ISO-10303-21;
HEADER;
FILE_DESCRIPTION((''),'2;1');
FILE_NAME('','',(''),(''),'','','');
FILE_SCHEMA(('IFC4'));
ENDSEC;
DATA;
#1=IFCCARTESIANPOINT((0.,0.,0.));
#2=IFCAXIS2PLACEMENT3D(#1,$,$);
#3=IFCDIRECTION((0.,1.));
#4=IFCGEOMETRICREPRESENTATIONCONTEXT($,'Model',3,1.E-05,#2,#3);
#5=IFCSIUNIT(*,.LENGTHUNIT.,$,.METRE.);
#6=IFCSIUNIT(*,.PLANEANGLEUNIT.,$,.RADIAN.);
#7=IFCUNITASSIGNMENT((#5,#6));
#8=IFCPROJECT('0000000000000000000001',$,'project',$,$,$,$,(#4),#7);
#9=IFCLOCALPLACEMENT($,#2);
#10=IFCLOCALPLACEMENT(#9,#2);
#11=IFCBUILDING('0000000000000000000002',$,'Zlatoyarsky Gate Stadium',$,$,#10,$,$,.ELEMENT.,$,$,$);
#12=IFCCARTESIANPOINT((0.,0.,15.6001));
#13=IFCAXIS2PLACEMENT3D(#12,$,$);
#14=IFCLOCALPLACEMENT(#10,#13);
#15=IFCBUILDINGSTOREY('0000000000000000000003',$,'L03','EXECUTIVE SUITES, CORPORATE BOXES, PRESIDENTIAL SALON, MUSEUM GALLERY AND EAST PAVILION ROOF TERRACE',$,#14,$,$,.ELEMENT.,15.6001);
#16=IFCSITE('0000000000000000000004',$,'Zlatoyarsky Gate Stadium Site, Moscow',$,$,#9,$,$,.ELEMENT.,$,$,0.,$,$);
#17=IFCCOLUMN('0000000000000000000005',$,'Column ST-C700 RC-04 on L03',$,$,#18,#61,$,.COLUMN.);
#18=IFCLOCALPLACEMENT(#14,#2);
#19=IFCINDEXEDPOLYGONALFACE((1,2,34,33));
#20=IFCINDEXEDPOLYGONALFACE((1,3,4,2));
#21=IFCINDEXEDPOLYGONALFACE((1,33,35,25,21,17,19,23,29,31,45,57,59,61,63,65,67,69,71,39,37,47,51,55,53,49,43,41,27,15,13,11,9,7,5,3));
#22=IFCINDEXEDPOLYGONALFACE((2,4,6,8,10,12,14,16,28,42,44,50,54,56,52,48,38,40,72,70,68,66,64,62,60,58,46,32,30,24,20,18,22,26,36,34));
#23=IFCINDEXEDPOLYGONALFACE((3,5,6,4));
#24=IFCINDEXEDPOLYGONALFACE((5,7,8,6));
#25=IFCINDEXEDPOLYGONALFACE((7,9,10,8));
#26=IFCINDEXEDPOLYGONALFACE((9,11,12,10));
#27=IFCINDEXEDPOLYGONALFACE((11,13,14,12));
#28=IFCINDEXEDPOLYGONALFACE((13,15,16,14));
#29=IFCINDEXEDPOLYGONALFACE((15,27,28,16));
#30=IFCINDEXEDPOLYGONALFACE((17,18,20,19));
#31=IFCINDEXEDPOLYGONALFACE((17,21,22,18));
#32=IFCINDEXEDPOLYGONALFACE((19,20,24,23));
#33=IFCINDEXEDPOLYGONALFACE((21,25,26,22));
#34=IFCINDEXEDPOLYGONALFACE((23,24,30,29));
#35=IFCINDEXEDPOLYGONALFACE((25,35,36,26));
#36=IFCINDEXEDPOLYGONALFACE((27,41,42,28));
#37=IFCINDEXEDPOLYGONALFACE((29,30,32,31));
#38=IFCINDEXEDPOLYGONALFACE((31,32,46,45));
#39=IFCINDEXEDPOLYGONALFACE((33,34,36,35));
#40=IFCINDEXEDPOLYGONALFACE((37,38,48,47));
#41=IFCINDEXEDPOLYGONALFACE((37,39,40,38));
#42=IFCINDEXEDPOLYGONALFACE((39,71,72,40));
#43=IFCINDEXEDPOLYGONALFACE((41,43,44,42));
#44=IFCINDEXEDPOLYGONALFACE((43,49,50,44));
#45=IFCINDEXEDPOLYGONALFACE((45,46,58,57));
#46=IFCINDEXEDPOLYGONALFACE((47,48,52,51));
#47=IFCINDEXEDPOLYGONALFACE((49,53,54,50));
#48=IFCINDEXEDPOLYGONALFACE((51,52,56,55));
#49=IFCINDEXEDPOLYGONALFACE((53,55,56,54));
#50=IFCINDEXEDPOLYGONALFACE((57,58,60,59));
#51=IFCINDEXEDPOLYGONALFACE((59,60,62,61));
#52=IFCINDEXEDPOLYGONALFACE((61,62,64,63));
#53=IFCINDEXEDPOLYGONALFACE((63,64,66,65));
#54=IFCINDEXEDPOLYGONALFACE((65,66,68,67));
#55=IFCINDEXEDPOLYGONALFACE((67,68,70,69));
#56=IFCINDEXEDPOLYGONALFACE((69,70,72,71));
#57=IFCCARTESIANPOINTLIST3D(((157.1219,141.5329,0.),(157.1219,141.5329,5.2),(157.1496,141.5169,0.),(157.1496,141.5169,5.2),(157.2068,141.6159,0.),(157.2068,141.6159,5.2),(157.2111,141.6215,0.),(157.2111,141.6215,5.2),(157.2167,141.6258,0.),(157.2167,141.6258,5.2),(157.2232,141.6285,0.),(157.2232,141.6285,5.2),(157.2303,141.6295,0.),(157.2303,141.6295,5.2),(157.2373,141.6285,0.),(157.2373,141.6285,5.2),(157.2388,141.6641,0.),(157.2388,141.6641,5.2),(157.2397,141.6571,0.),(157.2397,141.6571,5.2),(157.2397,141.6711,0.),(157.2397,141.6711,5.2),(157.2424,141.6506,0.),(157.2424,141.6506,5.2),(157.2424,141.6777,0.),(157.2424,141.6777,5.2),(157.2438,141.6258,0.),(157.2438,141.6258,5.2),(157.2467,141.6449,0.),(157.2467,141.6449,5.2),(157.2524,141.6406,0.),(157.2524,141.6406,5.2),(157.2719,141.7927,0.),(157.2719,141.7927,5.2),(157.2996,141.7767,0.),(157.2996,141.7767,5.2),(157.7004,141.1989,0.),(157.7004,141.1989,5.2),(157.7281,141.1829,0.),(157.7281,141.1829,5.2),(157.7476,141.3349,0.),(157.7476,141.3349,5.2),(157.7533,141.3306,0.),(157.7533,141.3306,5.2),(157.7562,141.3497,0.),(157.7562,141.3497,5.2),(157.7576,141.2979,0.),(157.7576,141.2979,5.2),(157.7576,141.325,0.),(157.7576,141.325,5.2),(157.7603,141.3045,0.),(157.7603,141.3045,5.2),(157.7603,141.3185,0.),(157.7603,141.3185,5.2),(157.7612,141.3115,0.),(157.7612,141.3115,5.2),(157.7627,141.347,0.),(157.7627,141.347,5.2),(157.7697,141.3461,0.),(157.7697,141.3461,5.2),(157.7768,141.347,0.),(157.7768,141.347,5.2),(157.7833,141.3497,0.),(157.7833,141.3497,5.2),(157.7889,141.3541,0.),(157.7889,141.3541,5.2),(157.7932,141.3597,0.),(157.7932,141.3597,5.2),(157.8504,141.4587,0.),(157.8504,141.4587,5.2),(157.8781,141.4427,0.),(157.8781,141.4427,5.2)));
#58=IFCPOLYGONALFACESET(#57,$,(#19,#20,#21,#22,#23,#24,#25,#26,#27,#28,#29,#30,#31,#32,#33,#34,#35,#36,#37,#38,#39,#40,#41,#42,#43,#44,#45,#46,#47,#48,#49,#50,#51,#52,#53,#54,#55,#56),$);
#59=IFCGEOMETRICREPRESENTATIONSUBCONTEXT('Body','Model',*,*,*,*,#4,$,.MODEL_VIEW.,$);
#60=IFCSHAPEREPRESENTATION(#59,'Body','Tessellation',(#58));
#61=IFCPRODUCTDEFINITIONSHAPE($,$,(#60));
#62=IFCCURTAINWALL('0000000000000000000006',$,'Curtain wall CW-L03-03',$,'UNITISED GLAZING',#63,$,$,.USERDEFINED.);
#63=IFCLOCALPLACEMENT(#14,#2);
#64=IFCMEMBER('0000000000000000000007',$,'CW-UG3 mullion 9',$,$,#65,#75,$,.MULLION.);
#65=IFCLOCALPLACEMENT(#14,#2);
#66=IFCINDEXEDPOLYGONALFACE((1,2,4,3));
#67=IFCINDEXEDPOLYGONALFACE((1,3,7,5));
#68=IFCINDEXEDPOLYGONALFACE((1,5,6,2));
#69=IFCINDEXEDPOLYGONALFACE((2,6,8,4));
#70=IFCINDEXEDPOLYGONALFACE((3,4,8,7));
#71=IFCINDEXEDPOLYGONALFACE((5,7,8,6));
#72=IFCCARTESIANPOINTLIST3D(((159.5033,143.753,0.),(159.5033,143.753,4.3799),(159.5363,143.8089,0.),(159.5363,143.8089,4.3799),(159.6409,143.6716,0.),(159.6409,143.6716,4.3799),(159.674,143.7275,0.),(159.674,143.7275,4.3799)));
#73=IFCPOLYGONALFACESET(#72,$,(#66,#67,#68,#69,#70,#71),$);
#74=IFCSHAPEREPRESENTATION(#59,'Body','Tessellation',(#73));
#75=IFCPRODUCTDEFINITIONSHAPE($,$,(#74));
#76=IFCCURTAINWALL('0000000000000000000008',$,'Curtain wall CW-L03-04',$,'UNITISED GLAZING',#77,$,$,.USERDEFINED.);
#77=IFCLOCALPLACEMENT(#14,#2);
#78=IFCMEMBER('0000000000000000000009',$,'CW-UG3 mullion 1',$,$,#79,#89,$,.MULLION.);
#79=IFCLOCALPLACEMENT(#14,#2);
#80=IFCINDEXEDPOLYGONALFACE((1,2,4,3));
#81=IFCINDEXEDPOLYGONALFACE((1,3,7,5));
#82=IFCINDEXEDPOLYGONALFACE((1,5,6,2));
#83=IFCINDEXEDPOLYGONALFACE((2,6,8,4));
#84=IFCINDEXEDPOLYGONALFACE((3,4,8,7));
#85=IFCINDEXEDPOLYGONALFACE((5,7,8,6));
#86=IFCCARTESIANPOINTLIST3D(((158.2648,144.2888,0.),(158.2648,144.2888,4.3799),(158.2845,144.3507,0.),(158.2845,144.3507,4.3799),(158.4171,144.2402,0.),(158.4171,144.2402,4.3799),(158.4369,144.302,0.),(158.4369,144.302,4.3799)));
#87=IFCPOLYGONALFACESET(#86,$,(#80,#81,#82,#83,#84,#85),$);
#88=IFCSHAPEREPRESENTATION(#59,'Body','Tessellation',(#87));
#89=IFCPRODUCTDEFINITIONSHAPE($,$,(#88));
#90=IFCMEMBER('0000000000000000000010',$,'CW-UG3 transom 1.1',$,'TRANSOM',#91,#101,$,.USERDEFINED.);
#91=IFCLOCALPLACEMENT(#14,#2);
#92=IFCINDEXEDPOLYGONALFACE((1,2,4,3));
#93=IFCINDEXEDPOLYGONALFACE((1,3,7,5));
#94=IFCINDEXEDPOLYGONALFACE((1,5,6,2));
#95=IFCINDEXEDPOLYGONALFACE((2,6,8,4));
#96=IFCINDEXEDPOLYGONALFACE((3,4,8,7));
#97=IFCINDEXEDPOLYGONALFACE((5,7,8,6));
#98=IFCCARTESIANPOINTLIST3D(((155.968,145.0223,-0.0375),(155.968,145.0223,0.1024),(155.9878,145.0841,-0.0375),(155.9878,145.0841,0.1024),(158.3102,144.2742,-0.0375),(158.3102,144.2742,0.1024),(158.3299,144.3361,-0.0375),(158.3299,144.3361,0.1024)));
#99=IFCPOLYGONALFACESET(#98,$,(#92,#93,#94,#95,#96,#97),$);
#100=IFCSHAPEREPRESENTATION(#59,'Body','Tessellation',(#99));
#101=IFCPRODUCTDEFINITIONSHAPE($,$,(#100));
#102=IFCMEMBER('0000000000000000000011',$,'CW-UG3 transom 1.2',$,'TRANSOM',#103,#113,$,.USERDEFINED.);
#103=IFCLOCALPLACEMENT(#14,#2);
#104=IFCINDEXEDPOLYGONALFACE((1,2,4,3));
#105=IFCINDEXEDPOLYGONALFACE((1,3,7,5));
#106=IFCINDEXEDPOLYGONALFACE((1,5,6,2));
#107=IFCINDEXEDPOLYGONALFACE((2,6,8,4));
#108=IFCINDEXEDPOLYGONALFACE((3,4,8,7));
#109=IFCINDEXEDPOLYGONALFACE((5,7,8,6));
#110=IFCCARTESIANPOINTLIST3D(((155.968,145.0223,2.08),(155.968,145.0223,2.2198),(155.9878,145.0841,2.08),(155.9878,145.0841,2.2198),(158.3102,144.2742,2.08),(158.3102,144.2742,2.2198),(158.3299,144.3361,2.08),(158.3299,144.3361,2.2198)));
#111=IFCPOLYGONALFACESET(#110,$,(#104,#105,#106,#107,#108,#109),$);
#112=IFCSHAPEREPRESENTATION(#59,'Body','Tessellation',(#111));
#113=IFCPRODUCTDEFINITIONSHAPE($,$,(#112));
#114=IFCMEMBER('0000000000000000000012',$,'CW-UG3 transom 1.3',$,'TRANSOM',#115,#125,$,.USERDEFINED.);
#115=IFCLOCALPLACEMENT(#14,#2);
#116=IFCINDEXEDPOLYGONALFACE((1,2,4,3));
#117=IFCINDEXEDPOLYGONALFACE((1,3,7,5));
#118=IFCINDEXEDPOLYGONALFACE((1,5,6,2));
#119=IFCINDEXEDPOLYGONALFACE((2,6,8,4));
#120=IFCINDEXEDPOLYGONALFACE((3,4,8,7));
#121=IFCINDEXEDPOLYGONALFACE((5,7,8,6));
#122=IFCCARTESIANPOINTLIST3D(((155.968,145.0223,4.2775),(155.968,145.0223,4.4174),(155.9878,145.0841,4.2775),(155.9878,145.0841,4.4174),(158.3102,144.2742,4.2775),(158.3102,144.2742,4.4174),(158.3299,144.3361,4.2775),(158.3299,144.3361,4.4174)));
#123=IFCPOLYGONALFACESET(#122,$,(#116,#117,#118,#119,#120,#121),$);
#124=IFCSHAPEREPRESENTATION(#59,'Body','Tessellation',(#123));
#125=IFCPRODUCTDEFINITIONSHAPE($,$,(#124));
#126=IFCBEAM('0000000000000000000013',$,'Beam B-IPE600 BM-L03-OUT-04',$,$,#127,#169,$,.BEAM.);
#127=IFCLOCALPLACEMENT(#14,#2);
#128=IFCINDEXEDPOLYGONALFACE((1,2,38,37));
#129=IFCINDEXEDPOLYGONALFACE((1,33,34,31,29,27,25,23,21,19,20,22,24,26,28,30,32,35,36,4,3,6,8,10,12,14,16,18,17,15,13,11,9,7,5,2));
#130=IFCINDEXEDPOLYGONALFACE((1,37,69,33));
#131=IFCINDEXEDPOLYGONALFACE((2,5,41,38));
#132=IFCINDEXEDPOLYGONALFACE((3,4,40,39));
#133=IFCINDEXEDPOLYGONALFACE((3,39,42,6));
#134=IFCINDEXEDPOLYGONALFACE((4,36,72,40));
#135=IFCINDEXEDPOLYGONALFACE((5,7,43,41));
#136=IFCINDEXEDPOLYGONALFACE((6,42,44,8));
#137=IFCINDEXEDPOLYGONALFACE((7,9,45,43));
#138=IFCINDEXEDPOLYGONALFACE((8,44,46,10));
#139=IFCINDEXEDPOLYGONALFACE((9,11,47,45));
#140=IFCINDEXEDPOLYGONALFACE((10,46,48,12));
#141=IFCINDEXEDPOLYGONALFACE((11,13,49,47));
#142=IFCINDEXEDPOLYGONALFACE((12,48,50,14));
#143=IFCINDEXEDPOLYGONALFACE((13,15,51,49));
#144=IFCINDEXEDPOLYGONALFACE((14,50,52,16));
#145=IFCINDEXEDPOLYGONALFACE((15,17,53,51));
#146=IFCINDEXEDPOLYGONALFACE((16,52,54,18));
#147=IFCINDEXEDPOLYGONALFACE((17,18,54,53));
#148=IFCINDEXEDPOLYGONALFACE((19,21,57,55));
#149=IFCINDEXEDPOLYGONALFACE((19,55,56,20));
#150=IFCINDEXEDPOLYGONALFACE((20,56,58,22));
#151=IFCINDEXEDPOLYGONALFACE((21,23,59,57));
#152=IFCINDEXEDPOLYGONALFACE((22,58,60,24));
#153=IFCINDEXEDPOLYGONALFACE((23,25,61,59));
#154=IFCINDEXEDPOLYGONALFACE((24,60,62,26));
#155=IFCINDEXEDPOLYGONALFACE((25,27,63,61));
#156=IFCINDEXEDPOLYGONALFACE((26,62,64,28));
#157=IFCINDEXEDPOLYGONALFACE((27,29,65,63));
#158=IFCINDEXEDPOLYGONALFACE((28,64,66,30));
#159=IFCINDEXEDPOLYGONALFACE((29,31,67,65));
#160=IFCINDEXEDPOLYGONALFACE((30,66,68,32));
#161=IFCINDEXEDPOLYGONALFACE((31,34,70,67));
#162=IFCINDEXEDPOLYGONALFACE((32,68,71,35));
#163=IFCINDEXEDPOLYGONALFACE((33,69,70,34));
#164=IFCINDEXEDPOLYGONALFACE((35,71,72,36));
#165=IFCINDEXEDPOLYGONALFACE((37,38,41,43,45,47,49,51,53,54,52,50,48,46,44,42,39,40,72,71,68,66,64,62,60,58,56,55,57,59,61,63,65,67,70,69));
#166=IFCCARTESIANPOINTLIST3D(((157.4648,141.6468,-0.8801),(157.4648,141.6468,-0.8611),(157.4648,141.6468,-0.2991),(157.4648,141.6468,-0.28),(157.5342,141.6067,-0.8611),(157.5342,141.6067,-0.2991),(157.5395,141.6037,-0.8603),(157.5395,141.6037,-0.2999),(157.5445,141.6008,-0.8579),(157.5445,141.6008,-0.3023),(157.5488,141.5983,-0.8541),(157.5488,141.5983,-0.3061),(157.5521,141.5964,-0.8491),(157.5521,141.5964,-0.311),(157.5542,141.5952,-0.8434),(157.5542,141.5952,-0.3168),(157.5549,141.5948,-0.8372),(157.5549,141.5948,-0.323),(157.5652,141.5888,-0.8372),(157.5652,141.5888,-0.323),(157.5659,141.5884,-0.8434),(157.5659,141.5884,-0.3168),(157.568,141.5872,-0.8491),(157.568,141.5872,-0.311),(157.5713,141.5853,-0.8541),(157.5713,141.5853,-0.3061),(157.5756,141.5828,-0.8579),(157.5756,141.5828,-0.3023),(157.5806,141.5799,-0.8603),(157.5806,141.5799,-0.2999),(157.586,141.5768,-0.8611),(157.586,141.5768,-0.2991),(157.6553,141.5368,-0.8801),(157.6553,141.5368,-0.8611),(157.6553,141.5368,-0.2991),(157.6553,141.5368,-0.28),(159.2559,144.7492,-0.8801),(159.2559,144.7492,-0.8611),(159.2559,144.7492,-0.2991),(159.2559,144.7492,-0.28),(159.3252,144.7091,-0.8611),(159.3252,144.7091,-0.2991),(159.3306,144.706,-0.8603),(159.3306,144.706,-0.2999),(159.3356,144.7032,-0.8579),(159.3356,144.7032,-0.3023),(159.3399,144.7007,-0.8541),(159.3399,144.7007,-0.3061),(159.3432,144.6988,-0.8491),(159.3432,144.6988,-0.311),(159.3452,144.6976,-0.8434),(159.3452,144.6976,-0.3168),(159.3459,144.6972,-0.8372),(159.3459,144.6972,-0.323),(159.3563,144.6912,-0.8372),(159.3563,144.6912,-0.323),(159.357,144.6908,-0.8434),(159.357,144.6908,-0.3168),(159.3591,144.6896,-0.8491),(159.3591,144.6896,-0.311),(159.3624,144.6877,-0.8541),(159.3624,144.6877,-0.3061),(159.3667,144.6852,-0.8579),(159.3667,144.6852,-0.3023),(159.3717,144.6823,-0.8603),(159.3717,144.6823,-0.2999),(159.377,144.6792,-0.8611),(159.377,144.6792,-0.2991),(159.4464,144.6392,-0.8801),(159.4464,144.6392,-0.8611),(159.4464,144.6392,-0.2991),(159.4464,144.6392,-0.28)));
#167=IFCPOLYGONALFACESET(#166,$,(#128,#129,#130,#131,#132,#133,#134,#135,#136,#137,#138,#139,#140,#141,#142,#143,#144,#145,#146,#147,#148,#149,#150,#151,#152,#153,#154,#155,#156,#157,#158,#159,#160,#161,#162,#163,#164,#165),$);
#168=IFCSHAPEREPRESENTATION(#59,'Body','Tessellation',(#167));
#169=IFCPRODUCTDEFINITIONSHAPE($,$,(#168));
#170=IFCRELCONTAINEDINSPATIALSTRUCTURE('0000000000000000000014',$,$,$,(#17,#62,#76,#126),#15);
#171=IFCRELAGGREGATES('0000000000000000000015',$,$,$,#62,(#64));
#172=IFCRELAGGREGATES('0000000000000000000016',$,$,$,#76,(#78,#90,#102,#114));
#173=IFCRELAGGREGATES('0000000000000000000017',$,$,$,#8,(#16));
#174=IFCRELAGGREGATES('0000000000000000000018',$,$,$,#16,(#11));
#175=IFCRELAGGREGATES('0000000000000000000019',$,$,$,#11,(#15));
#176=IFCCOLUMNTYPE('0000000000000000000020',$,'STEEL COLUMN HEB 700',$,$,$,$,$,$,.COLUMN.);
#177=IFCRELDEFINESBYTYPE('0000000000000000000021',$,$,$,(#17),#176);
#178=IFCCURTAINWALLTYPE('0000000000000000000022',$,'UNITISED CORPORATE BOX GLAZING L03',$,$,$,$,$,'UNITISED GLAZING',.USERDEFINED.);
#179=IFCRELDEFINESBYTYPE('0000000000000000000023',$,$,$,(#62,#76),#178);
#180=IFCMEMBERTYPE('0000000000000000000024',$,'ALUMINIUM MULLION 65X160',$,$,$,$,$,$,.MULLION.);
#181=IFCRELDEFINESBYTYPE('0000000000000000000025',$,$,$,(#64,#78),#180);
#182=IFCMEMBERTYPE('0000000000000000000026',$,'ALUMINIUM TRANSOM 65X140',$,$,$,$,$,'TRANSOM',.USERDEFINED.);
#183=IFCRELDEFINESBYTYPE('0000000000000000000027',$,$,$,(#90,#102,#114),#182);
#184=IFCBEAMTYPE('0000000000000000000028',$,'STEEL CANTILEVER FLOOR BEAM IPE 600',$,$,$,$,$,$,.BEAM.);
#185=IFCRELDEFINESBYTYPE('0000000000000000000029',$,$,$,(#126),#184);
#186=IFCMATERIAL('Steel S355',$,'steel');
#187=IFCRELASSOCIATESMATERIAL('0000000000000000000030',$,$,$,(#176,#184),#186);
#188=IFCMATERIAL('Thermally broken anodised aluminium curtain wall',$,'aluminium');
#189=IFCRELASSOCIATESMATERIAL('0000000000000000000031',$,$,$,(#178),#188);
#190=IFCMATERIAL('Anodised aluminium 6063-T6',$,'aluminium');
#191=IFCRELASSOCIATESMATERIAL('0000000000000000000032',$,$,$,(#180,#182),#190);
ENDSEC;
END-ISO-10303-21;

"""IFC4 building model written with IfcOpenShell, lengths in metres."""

from ifc_helpers import new_model, si_unit, direction, frame, origin, origin_2d, place, context, subcontext, project, spatial, rectangle, i_section, extrude, material, material_profile, profile_set, type_object, element, aggregate, save


model = new_model("IFC4")

# Units and contexts
model_context = context("Model", 3, precision=1e-05, world=origin(), true_north=direction((0.0, 1.0)))
body_context = subcontext(model_context, "Body", "Model", "MODEL_VIEW")
ifc_project = project(units=[si_unit("LENGTHUNIT", "METRE"), si_unit("PLANEANGLEUNIT", "RADIAN")], contexts=[model_context])

# Site, building, storey
site_placement = place(None, origin())
site = spatial("IfcSite", under=ifc_project, at=site_placement, Name="Zlatoyarsky Gate Stadium Site, Moscow", CompositionType="ELEMENT", RefElevation=0.0)
building_placement = place(site_placement, origin())
building = spatial("IfcBuilding", under=site, at=building_placement, Name="Zlatoyarsky Gate Stadium", CompositionType="ELEMENT")
storey_placement = place(building_placement, frame((0.0, 0.0, 15.6001)))
storey = spatial("IfcBuildingStorey", under=building, at=storey_placement, Name="L03", Description="EXECUTIVE SUITES, CORPORATE BOXES, PRESIDENTIAL SALON, MUSEUM GALLERY AND EAST PAVILION ROOF TERRACE", CompositionType="ELEMENT", Elevation=15.6001)

# Column
ifc_material_1 = material(Name="Steel S355", Category="steel")
ifc_material_profile_1 = material_profile(ifc_material_1, i_section(OverallWidth=0.3, OverallDepth=0.7, WebThickness=0.0171, FlangeThickness=0.032, FilletRadius=0.0271, at=origin_2d()), Name="HEB 700")
ifc_profile_set_1 = profile_set([ifc_material_profile_1], Name="Steel S355")
column_type = type_object("IfcColumnType", Name="STEEL COLUMN HEB 700", PredefinedType="COLUMN", material=ifc_profile_set_1)
column_placement = place(storey_placement, frame((157.5, 141.4878, 0.0), z_axis=(0.0, 0.0, 1.0), x_axis=(0.5, 0.866025, 0.0)))
element("IfcColumn", 1, at=column_placement, inside=storey, type_object=column_type, Name="Column ST-C700 RC-04 on L03", PredefinedType="COLUMN", context=body_context, shape_type="SweptSolid", body=[
    extrude(i_section(OverallWidth=0.3, OverallDepth=0.7, WebThickness=0.0171, FlangeThickness=0.032, FilletRadius=0.0271, at=origin_2d()), origin(), (0.0, 0.0, 1.0), 5.2),
])

# Curtain wall, member
ifc_material_2 = material(Name="Thermally broken anodised aluminium curtain wall", Category="aluminium")
curtain_wall_type = type_object("IfcCurtainWallType", Name="UNITISED CORPORATE BOX GLAZING L03", ElementType="UNITISED GLAZING", PredefinedType="USERDEFINED", material=ifc_material_2)
curtain_wall_1_placement = place(storey_placement, origin())
curtain_wall_1 = element("IfcCurtainWall", 2, at=curtain_wall_1_placement, inside=storey, type_object=curtain_wall_type, Name="Curtain wall CW-L03-03", ObjectType="UNITISED GLAZING", PredefinedType="USERDEFINED")
ifc_material_3 = material(Name="Anodised aluminium 6063-T6", Category="aluminium")
ifc_material_profile_2 = material_profile(ifc_material_3, rectangle(XDim=0.0649, YDim=0.1599, at=origin_2d()), Name="ALU 65X160")
ifc_profile_set_2 = profile_set([ifc_material_profile_2], Name="Anodised aluminium 6063-T6")
member_type_1 = type_object("IfcMemberType", Name="ALUMINIUM MULLION 65X160", PredefinedType="MULLION", material=ifc_profile_set_2)
member_1_placement = place(storey_placement, frame((159.5886, 143.7402, 0.0), z_axis=(0.0, 0.0, 1.0), x_axis=(-0.509098, -0.860708, 0.0)))
member_1 = element("IfcMember", 3, at=member_1_placement, type_object=member_type_1, Name="CW-UG3 mullion 9", PredefinedType="MULLION", context=body_context, shape_type="SweptSolid", body=[
    extrude(rectangle(XDim=0.0649, YDim=0.1599, at=origin_2d()), origin(), (0.0, 0.0, 1.0), 4.3799),
])
aggregate(curtain_wall_1, [member_1])

# Curtain wall, members
curtain_wall_2_placement = place(storey_placement, origin())
curtain_wall_2 = element("IfcCurtainWall", 4, at=curtain_wall_2_placement, inside=storey, type_object=curtain_wall_type, Name="Curtain wall CW-L03-04", ObjectType="UNITISED GLAZING", PredefinedType="USERDEFINED")
member_2_placement = place(storey_placement, frame((158.3508, 144.2954, 0.0), z_axis=(0.0, 0.0, 1.0), x_axis=(-0.304162, -0.95262, 0.0)))
member_2 = element("IfcMember", 5, at=member_2_placement, type_object=member_type_1, Name="CW-UG3 mullion 1", PredefinedType="MULLION", context=body_context, shape_type="SweptSolid", body=[
    extrude(rectangle(XDim=0.0649, YDim=0.1599, at=origin_2d()), origin(), (0.0, 0.0, 1.0), 4.3799),
])
ifc_material_profile_3 = material_profile(ifc_material_3, rectangle(XDim=0.0649, YDim=0.1399, at=origin_2d()), Name="ALU 65X140")
ifc_profile_set_3 = profile_set([ifc_material_profile_3], Name="Anodised aluminium 6063-T6")
member_type_2 = type_object("IfcMemberType", Name="ALUMINIUM TRANSOM 65X140", ElementType="TRANSOM", PredefinedType="USERDEFINED", material=ifc_profile_set_3)
member_3_placement = place(storey_placement, frame((158.3201, 144.3052, 0.0325), z_axis=(-0.952599, 0.304228, 0.0), x_axis=(-0.304228, -0.952599, 0.0)))
member_3 = element("IfcMember", 6, at=member_3_placement, type_object=member_type_2, Name="CW-UG3 transom 1.1", ObjectType="TRANSOM", PredefinedType="USERDEFINED", context=body_context, shape_type="SweptSolid", body=[
    extrude(rectangle(XDim=0.0649, YDim=0.1399, at=origin_2d()), origin(), (0.0, 0.0, 1.0), 2.4587),
])
member_4_placement = place(storey_placement, frame((158.3201, 144.3052, 2.1499), z_axis=(-0.952599, 0.304228, 0.0), x_axis=(-0.304228, -0.952599, 0.0)))
member_4 = element("IfcMember", 7, at=member_4_placement, type_object=member_type_2, Name="CW-UG3 transom 1.2", ObjectType="TRANSOM", PredefinedType="USERDEFINED", context=body_context, shape_type="SweptSolid", body=[
    extrude(rectangle(XDim=0.0649, YDim=0.1399, at=origin_2d()), origin(), (0.0, 0.0, 1.0), 2.4587),
])
member_5_placement = place(storey_placement, frame((158.3201, 144.3052, 4.3474), z_axis=(-0.952599, 0.304228, 0.0), x_axis=(-0.304228, -0.952599, 0.0)))
member_5 = element("IfcMember", 8, at=member_5_placement, type_object=member_type_2, Name="CW-UG3 transom 1.3", ObjectType="TRANSOM", PredefinedType="USERDEFINED", context=body_context, shape_type="SweptSolid", body=[
    extrude(rectangle(XDim=0.0649, YDim=0.1399, at=origin_2d()), origin(), (0.0, 0.0, 1.0), 2.4587),
])

# Beam
ifc_material_profile_4 = material_profile(ifc_material_1, i_section(OverallWidth=0.22, OverallDepth=0.6001, WebThickness=0.012, FlangeThickness=0.019, FilletRadius=0.0239, at=origin_2d()), Name="IPE 600")
ifc_profile_set_4 = profile_set([ifc_material_profile_4], Name="Steel S355")
beam_type_1 = type_object("IfcBeamType", Name="STEEL CANTILEVER FLOOR BEAM IPE 600", PredefinedType="BEAM", material=ifc_profile_set_4)
beam_1_placement = place(storey_placement, frame((157.5601, 141.5918, -0.5801), z_axis=(0.49998, 0.866037, 0.0), x_axis=(-0.866037, 0.49998, 0.0)))
element("IfcBeam", 9, at=beam_1_placement, inside=storey, type_object=beam_type_1, Name="Beam B-IPE600 BM-L03-OUT-04", PredefinedType="BEAM", context=body_context, shape_type="SweptSolid", body=[
    extrude(i_section(OverallWidth=0.22, OverallDepth=0.6001, WebThickness=0.012, FlangeThickness=0.019, FilletRadius=0.0239, at=origin_2d()), origin(), (0.0, 0.0, 1.0), 3.5823),
])

aggregate(curtain_wall_2, [member_2, member_3, member_4, member_5])

save(model, "model.ifc")
